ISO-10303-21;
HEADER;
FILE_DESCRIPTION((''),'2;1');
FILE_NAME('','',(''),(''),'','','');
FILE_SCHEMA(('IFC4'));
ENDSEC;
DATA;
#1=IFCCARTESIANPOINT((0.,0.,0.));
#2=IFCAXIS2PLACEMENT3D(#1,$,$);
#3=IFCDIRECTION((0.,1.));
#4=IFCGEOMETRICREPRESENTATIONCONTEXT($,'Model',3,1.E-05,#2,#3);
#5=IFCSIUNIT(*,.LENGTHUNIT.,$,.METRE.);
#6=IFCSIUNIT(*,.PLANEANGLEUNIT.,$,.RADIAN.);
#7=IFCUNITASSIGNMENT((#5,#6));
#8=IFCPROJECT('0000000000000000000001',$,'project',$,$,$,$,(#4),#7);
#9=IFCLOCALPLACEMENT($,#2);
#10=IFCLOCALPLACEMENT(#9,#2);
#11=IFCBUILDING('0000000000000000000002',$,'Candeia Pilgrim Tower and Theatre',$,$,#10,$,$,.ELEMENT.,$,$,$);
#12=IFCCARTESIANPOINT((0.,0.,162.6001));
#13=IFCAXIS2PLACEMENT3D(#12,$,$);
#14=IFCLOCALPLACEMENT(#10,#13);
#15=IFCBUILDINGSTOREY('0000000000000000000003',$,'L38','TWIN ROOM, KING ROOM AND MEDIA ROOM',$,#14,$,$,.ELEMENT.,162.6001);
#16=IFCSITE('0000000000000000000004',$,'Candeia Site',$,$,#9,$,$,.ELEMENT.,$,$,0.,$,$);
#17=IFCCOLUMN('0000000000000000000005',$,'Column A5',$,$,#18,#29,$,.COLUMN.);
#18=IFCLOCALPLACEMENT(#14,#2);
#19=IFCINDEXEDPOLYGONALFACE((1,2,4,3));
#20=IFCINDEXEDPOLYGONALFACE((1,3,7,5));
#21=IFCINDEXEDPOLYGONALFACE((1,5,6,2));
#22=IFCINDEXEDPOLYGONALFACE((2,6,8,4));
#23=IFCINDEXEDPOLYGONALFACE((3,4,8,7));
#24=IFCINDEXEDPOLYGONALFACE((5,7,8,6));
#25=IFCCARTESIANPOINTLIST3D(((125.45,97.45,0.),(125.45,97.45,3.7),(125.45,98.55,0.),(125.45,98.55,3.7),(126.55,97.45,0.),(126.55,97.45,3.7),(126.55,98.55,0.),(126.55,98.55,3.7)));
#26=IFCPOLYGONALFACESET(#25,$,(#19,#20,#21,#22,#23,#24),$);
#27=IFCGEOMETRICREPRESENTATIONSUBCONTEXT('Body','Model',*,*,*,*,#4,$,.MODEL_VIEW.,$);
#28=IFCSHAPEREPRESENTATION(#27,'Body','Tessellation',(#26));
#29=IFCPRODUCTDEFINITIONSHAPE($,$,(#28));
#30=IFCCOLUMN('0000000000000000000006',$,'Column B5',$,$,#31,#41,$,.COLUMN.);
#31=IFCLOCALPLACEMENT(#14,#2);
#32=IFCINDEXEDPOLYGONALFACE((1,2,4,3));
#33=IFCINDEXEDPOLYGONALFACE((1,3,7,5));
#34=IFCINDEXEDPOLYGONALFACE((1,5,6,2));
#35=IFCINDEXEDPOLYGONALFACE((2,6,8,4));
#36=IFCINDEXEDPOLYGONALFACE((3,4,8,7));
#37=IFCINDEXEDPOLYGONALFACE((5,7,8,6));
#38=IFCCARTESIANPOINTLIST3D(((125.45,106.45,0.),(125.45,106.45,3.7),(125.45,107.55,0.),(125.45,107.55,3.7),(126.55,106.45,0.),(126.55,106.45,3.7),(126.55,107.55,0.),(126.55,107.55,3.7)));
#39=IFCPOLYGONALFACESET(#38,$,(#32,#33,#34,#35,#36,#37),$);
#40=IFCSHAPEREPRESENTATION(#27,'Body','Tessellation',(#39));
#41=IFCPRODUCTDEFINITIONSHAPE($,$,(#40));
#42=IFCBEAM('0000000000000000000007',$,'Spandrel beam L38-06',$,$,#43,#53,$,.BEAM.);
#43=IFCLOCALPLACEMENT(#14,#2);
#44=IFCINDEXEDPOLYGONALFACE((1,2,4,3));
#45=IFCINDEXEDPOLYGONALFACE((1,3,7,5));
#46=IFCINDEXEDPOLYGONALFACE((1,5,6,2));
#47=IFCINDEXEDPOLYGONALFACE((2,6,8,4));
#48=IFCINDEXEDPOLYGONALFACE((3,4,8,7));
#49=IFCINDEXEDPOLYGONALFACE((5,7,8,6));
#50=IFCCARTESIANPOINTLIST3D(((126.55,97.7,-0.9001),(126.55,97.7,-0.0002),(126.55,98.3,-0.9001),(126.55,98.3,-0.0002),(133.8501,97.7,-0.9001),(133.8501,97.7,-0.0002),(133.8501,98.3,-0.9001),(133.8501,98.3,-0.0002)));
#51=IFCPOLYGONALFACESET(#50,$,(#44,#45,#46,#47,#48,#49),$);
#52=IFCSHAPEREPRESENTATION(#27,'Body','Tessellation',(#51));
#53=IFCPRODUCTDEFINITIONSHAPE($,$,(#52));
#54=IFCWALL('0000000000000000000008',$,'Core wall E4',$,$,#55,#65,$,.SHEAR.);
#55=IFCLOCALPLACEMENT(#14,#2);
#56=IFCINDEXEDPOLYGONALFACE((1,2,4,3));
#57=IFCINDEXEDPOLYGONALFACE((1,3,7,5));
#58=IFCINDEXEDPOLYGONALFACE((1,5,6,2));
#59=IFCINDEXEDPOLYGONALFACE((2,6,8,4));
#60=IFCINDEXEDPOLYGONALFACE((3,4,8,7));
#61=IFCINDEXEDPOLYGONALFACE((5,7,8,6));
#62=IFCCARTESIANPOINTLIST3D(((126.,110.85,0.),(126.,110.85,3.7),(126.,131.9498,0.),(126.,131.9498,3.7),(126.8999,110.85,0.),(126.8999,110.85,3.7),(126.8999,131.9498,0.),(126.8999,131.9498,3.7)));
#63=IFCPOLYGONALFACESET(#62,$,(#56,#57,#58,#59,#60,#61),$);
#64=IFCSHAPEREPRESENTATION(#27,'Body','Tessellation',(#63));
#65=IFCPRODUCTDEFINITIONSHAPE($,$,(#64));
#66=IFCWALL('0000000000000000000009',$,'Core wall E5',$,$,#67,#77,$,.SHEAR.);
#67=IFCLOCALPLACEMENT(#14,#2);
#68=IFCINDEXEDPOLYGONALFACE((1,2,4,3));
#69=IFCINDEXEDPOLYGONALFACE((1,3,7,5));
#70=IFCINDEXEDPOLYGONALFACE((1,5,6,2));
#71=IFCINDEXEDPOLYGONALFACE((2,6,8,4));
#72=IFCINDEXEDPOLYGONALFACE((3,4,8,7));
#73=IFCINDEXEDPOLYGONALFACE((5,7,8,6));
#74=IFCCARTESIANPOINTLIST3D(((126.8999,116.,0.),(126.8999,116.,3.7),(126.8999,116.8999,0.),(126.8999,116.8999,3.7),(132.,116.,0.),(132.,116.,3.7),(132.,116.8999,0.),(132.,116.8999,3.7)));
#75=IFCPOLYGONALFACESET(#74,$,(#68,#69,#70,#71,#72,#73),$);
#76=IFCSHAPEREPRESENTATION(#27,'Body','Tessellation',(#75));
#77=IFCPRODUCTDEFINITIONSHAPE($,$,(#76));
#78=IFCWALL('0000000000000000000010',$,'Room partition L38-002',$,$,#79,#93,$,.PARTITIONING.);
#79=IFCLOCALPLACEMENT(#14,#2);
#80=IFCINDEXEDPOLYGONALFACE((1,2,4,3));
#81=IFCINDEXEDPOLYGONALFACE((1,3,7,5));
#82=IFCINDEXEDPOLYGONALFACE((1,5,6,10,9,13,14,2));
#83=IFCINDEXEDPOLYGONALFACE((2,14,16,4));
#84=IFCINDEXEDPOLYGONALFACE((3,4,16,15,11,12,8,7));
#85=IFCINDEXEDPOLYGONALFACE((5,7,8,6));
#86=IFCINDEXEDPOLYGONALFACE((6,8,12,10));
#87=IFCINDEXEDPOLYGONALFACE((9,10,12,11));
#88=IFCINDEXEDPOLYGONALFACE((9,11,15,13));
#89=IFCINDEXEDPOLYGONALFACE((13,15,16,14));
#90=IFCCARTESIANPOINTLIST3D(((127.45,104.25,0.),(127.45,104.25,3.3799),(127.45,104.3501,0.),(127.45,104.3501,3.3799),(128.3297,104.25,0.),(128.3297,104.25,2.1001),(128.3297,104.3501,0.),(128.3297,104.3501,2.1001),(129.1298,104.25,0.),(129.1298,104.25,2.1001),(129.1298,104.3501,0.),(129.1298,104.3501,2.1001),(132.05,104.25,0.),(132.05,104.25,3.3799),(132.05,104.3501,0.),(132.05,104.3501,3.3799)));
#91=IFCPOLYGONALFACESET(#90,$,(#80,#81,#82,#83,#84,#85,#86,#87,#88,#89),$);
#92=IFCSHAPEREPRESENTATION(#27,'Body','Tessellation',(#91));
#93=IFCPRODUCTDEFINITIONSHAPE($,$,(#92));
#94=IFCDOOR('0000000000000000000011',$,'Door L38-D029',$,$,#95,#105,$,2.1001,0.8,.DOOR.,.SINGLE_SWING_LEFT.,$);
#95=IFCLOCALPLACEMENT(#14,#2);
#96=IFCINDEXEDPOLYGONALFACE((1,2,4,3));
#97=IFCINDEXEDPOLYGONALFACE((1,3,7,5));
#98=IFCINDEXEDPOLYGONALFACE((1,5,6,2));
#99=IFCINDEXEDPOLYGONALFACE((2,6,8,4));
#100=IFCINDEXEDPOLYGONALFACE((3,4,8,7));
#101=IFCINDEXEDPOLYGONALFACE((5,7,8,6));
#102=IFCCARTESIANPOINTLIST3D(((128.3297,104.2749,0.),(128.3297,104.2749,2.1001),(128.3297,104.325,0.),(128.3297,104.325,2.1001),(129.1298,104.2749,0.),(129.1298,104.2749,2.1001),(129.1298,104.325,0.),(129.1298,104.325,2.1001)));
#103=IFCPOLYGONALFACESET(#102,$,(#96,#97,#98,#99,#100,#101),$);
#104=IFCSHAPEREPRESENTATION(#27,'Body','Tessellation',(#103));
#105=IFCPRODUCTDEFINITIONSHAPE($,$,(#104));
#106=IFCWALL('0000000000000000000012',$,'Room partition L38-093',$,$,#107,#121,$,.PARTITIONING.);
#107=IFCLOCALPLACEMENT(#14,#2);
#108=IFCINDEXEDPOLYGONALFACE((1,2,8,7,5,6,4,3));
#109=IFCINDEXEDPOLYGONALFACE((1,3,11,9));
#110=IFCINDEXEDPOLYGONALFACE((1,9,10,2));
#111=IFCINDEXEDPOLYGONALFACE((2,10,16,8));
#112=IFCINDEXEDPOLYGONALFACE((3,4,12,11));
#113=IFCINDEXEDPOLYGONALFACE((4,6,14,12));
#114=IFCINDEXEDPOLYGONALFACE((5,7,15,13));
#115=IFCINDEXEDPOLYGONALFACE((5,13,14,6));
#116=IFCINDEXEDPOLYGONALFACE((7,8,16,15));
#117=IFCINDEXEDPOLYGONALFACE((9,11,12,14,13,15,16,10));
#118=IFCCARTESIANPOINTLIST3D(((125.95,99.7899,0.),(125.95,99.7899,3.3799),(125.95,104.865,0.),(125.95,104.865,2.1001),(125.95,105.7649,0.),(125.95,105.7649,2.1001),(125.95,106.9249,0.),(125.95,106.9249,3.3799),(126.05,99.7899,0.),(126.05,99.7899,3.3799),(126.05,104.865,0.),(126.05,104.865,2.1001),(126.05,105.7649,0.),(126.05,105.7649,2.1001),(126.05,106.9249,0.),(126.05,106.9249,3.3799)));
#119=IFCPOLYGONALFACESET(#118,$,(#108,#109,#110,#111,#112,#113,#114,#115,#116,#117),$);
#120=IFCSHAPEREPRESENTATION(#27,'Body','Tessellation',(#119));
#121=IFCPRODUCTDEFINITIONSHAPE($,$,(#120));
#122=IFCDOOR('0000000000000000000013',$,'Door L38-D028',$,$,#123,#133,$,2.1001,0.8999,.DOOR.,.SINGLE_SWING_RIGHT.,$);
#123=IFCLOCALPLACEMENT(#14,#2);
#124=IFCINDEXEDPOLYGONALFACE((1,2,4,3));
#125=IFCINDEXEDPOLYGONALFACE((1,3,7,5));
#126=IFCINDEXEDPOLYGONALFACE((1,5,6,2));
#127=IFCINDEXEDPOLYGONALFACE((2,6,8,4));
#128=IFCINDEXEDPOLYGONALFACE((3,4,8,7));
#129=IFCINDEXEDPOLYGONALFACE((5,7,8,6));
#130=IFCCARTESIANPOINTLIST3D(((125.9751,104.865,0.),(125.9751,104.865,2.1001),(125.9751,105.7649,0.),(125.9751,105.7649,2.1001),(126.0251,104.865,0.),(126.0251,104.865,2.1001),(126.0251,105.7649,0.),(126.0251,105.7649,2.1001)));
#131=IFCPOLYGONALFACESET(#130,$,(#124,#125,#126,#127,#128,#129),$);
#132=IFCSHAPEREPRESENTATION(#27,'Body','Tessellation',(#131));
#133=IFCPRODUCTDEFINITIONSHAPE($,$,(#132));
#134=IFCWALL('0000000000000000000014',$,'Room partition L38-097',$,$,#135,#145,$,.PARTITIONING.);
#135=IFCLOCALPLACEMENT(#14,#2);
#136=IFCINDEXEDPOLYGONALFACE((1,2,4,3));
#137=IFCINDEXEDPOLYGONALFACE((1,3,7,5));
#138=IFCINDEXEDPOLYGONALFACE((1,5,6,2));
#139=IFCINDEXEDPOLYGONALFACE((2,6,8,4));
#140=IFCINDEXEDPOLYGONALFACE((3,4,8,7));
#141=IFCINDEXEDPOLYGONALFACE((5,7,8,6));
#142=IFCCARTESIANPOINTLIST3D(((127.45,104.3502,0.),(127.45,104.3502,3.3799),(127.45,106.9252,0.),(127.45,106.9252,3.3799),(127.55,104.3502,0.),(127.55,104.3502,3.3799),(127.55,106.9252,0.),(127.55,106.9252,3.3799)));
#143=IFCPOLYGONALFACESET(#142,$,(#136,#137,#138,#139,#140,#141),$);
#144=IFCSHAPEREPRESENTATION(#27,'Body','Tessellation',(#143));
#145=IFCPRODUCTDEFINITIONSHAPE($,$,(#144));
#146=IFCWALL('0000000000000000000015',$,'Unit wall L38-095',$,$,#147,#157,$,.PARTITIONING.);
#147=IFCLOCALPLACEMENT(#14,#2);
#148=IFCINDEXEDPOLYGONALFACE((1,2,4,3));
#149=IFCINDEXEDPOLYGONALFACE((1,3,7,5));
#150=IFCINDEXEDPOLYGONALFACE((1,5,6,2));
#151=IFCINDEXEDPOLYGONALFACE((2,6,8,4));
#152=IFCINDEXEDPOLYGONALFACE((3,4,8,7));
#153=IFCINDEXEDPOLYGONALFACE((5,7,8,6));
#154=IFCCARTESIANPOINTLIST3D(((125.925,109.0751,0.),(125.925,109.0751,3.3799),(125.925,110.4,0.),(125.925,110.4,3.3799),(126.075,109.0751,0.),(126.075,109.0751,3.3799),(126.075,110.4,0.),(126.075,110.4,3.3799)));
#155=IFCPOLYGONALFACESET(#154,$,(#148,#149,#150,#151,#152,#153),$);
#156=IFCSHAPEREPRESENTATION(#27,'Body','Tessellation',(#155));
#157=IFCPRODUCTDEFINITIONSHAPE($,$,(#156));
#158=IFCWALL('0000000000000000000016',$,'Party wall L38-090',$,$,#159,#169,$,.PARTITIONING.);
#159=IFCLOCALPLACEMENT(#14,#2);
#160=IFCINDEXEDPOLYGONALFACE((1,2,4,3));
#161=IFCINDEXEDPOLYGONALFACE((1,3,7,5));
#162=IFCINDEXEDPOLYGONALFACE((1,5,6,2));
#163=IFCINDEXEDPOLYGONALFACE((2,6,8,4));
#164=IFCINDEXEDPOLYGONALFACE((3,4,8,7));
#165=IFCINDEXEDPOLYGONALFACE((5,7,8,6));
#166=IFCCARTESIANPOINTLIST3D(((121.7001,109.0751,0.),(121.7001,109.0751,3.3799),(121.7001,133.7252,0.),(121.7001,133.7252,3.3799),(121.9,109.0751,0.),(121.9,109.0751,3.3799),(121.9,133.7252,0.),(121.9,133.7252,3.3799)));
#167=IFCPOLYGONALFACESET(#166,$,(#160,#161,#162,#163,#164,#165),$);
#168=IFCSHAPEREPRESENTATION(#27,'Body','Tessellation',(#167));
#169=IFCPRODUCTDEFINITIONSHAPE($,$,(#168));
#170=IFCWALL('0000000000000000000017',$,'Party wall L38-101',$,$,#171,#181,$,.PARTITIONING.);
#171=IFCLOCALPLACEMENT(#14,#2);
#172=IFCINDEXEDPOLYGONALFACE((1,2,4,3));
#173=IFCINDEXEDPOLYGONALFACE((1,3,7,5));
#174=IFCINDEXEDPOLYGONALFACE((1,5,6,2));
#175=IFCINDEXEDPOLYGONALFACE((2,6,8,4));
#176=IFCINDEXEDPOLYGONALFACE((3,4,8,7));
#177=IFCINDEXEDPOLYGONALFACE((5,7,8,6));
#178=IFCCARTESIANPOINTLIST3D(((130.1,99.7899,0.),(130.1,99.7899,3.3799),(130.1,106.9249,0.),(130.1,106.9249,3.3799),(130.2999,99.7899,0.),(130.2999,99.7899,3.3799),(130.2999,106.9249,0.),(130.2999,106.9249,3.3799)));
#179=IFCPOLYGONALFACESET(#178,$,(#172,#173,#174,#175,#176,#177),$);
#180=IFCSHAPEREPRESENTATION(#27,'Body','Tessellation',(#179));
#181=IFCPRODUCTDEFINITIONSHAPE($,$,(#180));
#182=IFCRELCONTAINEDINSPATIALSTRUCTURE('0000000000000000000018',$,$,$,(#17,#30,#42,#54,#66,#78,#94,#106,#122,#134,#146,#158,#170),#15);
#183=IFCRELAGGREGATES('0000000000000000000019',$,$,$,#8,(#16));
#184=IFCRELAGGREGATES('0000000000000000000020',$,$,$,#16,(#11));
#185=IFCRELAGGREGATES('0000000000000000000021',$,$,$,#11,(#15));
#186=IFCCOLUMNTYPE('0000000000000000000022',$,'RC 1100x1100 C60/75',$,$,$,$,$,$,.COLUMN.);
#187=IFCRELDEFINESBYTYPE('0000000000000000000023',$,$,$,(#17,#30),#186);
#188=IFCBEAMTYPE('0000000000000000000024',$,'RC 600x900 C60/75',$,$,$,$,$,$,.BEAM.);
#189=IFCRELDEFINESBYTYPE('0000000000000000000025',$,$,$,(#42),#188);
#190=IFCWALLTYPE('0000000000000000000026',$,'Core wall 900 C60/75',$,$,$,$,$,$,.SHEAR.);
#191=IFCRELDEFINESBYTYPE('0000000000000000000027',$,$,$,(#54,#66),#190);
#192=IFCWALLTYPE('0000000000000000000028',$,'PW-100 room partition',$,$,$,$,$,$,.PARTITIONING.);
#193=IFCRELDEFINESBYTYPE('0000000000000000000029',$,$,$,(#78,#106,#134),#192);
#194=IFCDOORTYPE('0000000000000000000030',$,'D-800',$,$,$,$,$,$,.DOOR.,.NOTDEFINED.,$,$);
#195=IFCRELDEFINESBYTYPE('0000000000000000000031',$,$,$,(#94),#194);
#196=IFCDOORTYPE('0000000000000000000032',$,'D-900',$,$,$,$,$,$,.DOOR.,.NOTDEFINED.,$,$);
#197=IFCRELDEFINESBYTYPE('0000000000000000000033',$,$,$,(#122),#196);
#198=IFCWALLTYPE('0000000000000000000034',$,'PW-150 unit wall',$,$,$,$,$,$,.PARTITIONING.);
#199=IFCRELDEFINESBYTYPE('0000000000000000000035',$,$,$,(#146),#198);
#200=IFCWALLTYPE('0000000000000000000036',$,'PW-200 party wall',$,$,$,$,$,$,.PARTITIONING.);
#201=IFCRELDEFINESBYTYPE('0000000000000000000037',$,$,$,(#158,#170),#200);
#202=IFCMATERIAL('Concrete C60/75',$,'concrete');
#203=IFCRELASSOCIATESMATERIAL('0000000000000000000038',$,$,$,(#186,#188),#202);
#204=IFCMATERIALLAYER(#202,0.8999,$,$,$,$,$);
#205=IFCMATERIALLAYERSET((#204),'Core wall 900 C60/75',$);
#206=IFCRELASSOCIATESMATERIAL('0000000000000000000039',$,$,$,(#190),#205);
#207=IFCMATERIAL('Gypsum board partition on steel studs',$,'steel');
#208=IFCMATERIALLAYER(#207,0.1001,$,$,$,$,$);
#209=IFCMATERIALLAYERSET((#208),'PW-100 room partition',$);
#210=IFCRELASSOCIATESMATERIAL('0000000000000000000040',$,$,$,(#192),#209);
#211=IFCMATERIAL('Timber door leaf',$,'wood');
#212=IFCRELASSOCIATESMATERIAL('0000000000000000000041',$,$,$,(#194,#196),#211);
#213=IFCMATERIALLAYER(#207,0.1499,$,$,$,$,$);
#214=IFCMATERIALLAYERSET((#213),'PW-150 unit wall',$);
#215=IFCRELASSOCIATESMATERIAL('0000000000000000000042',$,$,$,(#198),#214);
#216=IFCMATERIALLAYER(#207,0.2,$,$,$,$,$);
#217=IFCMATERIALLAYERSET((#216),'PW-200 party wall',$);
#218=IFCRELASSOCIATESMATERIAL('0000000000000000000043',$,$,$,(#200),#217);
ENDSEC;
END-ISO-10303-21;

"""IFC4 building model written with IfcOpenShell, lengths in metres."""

from ifc_helpers import new_model, si_unit, direction, frame, frame_2d, origin, origin_2d, place, context, subcontext, project, spatial, rectangle, extrude, material, layer, layer_set, material_profile, profile_set, type_object, element, fill, save


model = new_model("IFC4")

# Units and contexts
model_context = context("Model", 3, precision=1e-05, world=origin(), true_north=direction((0.0, 1.0)))
body_context = subcontext(model_context, "Body", "Model", "MODEL_VIEW")
ifc_project = project(units=[si_unit("LENGTHUNIT", "METRE"), si_unit("PLANEANGLEUNIT", "RADIAN")], contexts=[model_context])

# Site, building, storey
site_placement = place(None, origin())
site = spatial("IfcSite", under=ifc_project, at=site_placement, Name="Candeia Site", CompositionType="ELEMENT", RefElevation=0.0)
building_placement = place(site_placement, origin())
building = spatial("IfcBuilding", under=site, at=building_placement, Name="Candeia Pilgrim Tower and Theatre", CompositionType="ELEMENT")
storey_placement = place(building_placement, frame((0.0, 0.0, 162.6001)))
storey = spatial("IfcBuildingStorey", under=building, at=storey_placement, Name="L38", Description="TWIN ROOM, KING ROOM AND MEDIA ROOM", CompositionType="ELEMENT", Elevation=162.6001)

# Columns
ifc_material_1 = material(Name="Concrete C60/75", Category="concrete")
ifc_material_profile_1 = material_profile(ifc_material_1, rectangle(XDim=1.1001, YDim=1.1001, at=origin_2d()))
ifc_profile_set_1 = profile_set([ifc_material_profile_1], Name="Concrete C60/75")
column_type = type_object("IfcColumnType", Name="RC 1100x1100 C60/75", PredefinedType="COLUMN", material=ifc_profile_set_1)
for number, where, z_axis, x_axis, name in (
    (1, (126.0, 98.0, 0.0), (0.0, 0.0, 1.0), (1.0, 0.0, 0.0), "Column A5"),
    (2, (126.0, 107.0, 0.0), (0.0, 0.0, 1.0), (1.0, 0.0, 0.0), "Column B5"),
):
    element("IfcColumn", number, at=place(storey_placement, frame(where, z_axis=z_axis, x_axis=x_axis)), inside=storey, type_object=column_type, Name=name, PredefinedType="COLUMN", context=body_context, shape_type="SweptSolid", body=[
        extrude(rectangle(XDim=1.1001, YDim=1.1001, at=origin_2d()), origin(), (0.0, 0.0, 1.0), 3.7),
    ])

# Beam
ifc_material_profile_2 = material_profile(ifc_material_1, rectangle(XDim=0.6001, YDim=0.8999, at=origin_2d()))
ifc_profile_set_2 = profile_set([ifc_material_profile_2], Name="Concrete C60/75")
beam_type = type_object("IfcBeamType", Name="RC 600x900 C60/75", PredefinedType="BEAM", material=ifc_profile_set_2)
beam_placement = place(storey_placement, frame((126.55, 98.0, -0.4502), z_axis=(1.0, 0.0, 0.0), x_axis=(0.0, 1.0, 0.0)))
element("IfcBeam", 3, at=beam_placement, inside=storey, type_object=beam_type, Name="Spandrel beam L38-06", PredefinedType="BEAM", context=body_context, shape_type="SweptSolid", body=[
    extrude(rectangle(XDim=0.6001, YDim=0.8999, at=origin_2d()), origin(), (0.0, 0.0, 1.0), 7.3),
])

# Walls
ifc_layer_1 = layer(ifc_material_1, 0.8999)
ifc_layer_set_1 = layer_set([ifc_layer_1], Name="Core wall 900 C60/75")
wall_type_1 = type_object("IfcWallType", Name="Core wall 900 C60/75", PredefinedType="SHEAR", material=ifc_layer_set_1)
wall_1_placement = place(storey_placement, frame((126.45, 110.8501, 0.0), z_axis=(0.0, 0.0, 1.0), x_axis=(0.0, 1.0, 0.0)))
element("IfcWall", 4, at=wall_1_placement, inside=storey, type_object=wall_type_1, Name="Core wall E4", PredefinedType="SHEAR", context=body_context, shape_type="SweptSolid", body=[
    extrude(rectangle(XDim=21.0999, YDim=0.8999, at=frame_2d((10.5498, 0.0))), origin(), (0.0, 0.0, 1.0), 3.7),
])
wall_2_placement = place(storey_placement, frame((126.8999, 116.45, 0.0), z_axis=(0.0, 0.0, 1.0), x_axis=(1.0, 0.0, 0.0)))
element("IfcWall", 5, at=wall_2_placement, inside=storey, type_object=wall_type_1, Name="Core wall E5", PredefinedType="SHEAR", context=body_context, shape_type="SweptSolid", body=[
    extrude(rectangle(XDim=5.1001, YDim=0.8999, at=frame_2d((2.55, 0.0))), origin(), (0.0, 0.0, 1.0), 3.7),
])

# Walls, openings, doors
ifc_material_2 = material(Name="Gypsum board partition on steel studs", Category="steel")
ifc_layer_2 = layer(ifc_material_2, 0.1001)
ifc_layer_set_2 = layer_set([ifc_layer_2], Name="PW-100 room partition")
wall_type_2 = type_object("IfcWallType", Name="PW-100 room partition", PredefinedType="PARTITIONING", material=ifc_layer_set_2)
wall_3_placement = place(storey_placement, frame((127.45, 104.3, 0.0), z_axis=(0.0, 0.0, 1.0), x_axis=(1.0, 0.0, 0.0)))
wall_3 = element("IfcWall", 6, at=wall_3_placement, inside=storey, type_object=wall_type_2, Name="Room partition L38-002", PredefinedType="PARTITIONING", context=body_context, shape_type="SweptSolid", body=[
    extrude(rectangle(XDim=4.6001, YDim=0.1001, at=frame_2d((2.3, 0.0))), origin(), (0.0, 0.0, 1.0), 3.3799),
])
opening_1_placement = place(wall_3_placement, frame((0.8799, 0.0, 0.0)))
opening_1 = element("IfcOpeningElement", 7, at=opening_1_placement, cuts=wall_3, PredefinedType="OPENING", context=body_context, shape_type="SweptSolid", body=[
    extrude(rectangle(XDim=0.8, YDim=2.1001, at=frame_2d((0.3999, 1.05))), frame((0.0, 0.0601, 0.0), z_axis=(0.0, -1.0, 0.0), x_axis=(1.0, 0.0, 0.0)), (0.0, 0.0, 1.0), 0.1201),
])
ifc_material_3 = material(Name="Timber door leaf", Category="wood")
door_type_1 = type_object("IfcDoorType", Name="D-800", OperationType="NOTDEFINED", PredefinedType="DOOR", material=ifc_material_3)
door_1_placement = place(opening_1_placement, origin())
door_1 = element("IfcDoor", 8, at=door_1_placement, inside=storey, type_object=door_type_1, Name="Door L38-D029", OperationType="SINGLE_SWING_LEFT", OverallHeight=2.1001, OverallWidth=0.8, PredefinedType="DOOR", context=body_context, shape_type="SweptSolid", body=[
    extrude(rectangle(XDim=0.8, YDim=2.1001, at=frame_2d((0.3999, 1.05))), frame((0.0, 0.0249, 0.0), z_axis=(0.0, -1.0, 0.0), x_axis=(1.0, 0.0, 0.0)), (0.0, 0.0, 1.0), 0.05),
])
fill(opening_1, door_1)
wall_4_placement = place(storey_placement, frame((126.0, 99.79, 0.0), z_axis=(0.0, 0.0, 1.0), x_axis=(0.0, 1.0, 0.0)))
wall_4 = element("IfcWall", 9, at=wall_4_placement, inside=storey, type_object=wall_type_2, Name="Room partition L38-093", PredefinedType="PARTITIONING", context=body_context, shape_type="SweptSolid", body=[
    extrude(rectangle(XDim=7.135, YDim=0.1001, at=frame_2d((3.5674, 0.0))), origin(), (0.0, 0.0, 1.0), 3.3799),
])
opening_2_placement = place(wall_4_placement, frame((5.075, 0.0, 0.0)))
opening_2 = element("IfcOpeningElement", 10, at=opening_2_placement, cuts=wall_4, PredefinedType="OPENING", context=body_context, shape_type="SweptSolid", body=[
    extrude(rectangle(XDim=0.8999, YDim=2.1001, at=frame_2d((0.45, 1.05))), frame((0.0, 0.0601, 0.0), z_axis=(0.0, -1.0, 0.0), x_axis=(1.0, 0.0, 0.0)), (0.0, 0.0, 1.0), 0.1201),
])
door_type_2 = type_object("IfcDoorType", Name="D-900", OperationType="NOTDEFINED", PredefinedType="DOOR", material=ifc_material_3)
door_2_placement = place(opening_2_placement, origin())
door_2 = element("IfcDoor", 11, at=door_2_placement, inside=storey, type_object=door_type_2, Name="Door L38-D028", OperationType="SINGLE_SWING_RIGHT", OverallHeight=2.1001, OverallWidth=0.8999, PredefinedType="DOOR", context=body_context, shape_type="SweptSolid", body=[
    extrude(rectangle(XDim=0.8999, YDim=2.1001, at=frame_2d((0.45, 1.05))), frame((0.0, 0.0249, 0.0), z_axis=(0.0, -1.0, 0.0), x_axis=(1.0, 0.0, 0.0)), (0.0, 0.0, 1.0), 0.05),
])
fill(opening_2, door_2)

# Walls
wall_5_placement = place(storey_placement, frame((127.5, 104.3501, 0.0), z_axis=(0.0, 0.0, 1.0), x_axis=(0.0, 1.0, 0.0)))
element("IfcWall", 12, at=wall_5_placement, inside=storey, type_object=wall_type_2, Name="Room partition L38-097", PredefinedType="PARTITIONING", context=body_context, shape_type="SweptSolid", body=[
    extrude(rectangle(XDim=2.575, YDim=0.1001, at=frame_2d((1.2876, 0.0))), origin(), (0.0, 0.0, 1.0), 3.3799),
])
ifc_layer_3 = layer(ifc_material_2, 0.1499)
ifc_layer_set_3 = layer_set([ifc_layer_3], Name="PW-150 unit wall")
wall_type_3 = type_object("IfcWallType", Name="PW-150 unit wall", PredefinedType="PARTITIONING", material=ifc_layer_set_3)
wall_6_placement = place(storey_placement, frame((126.0, 109.075, 0.0), z_axis=(0.0, 0.0, 1.0), x_axis=(0.0, 1.0, 0.0)))
element("IfcWall", 13, at=wall_6_placement, inside=storey, type_object=wall_type_3, Name="Unit wall L38-095", PredefinedType="PARTITIONING", context=body_context, shape_type="SweptSolid", body=[
    extrude(rectangle(XDim=1.325, YDim=0.1499, at=frame_2d((0.6626, 0.0))), origin(), (0.0, 0.0, 1.0), 3.3799),
])
ifc_layer_4 = layer(ifc_material_2, 0.2)
ifc_layer_set_4 = layer_set([ifc_layer_4], Name="PW-200 party wall")
wall_type_4 = type_object("IfcWallType", Name="PW-200 party wall", PredefinedType="PARTITIONING", material=ifc_layer_set_4)
wall_7_placement = place(storey_placement, frame((121.8, 109.075, 0.0), z_axis=(0.0, 0.0, 1.0), x_axis=(0.0, 1.0, 0.0)))
element("IfcWall", 14, at=wall_7_placement, inside=storey, type_object=wall_type_4, Name="Party wall L38-090", PredefinedType="PARTITIONING", context=body_context, shape_type="SweptSolid", body=[
    extrude(rectangle(XDim=24.6501, YDim=0.2, at=frame_2d((12.3252, 0.0))), origin(), (0.0, 0.0, 1.0), 3.3799),
])
wall_8_placement = place(storey_placement, frame((130.2, 99.79, 0.0), z_axis=(0.0, 0.0, 1.0), x_axis=(0.0, 1.0, 0.0)))
element("IfcWall", 15, at=wall_8_placement, inside=storey, type_object=wall_type_4, Name="Party wall L38-101", PredefinedType="PARTITIONING", context=body_context, shape_type="SweptSolid", body=[
    extrude(rectangle(XDim=7.135, YDim=0.2, at=frame_2d((3.5674, 0.0))), origin(), (0.0, 0.0, 1.0), 3.3799),
])

save(model, "model.ifc")
